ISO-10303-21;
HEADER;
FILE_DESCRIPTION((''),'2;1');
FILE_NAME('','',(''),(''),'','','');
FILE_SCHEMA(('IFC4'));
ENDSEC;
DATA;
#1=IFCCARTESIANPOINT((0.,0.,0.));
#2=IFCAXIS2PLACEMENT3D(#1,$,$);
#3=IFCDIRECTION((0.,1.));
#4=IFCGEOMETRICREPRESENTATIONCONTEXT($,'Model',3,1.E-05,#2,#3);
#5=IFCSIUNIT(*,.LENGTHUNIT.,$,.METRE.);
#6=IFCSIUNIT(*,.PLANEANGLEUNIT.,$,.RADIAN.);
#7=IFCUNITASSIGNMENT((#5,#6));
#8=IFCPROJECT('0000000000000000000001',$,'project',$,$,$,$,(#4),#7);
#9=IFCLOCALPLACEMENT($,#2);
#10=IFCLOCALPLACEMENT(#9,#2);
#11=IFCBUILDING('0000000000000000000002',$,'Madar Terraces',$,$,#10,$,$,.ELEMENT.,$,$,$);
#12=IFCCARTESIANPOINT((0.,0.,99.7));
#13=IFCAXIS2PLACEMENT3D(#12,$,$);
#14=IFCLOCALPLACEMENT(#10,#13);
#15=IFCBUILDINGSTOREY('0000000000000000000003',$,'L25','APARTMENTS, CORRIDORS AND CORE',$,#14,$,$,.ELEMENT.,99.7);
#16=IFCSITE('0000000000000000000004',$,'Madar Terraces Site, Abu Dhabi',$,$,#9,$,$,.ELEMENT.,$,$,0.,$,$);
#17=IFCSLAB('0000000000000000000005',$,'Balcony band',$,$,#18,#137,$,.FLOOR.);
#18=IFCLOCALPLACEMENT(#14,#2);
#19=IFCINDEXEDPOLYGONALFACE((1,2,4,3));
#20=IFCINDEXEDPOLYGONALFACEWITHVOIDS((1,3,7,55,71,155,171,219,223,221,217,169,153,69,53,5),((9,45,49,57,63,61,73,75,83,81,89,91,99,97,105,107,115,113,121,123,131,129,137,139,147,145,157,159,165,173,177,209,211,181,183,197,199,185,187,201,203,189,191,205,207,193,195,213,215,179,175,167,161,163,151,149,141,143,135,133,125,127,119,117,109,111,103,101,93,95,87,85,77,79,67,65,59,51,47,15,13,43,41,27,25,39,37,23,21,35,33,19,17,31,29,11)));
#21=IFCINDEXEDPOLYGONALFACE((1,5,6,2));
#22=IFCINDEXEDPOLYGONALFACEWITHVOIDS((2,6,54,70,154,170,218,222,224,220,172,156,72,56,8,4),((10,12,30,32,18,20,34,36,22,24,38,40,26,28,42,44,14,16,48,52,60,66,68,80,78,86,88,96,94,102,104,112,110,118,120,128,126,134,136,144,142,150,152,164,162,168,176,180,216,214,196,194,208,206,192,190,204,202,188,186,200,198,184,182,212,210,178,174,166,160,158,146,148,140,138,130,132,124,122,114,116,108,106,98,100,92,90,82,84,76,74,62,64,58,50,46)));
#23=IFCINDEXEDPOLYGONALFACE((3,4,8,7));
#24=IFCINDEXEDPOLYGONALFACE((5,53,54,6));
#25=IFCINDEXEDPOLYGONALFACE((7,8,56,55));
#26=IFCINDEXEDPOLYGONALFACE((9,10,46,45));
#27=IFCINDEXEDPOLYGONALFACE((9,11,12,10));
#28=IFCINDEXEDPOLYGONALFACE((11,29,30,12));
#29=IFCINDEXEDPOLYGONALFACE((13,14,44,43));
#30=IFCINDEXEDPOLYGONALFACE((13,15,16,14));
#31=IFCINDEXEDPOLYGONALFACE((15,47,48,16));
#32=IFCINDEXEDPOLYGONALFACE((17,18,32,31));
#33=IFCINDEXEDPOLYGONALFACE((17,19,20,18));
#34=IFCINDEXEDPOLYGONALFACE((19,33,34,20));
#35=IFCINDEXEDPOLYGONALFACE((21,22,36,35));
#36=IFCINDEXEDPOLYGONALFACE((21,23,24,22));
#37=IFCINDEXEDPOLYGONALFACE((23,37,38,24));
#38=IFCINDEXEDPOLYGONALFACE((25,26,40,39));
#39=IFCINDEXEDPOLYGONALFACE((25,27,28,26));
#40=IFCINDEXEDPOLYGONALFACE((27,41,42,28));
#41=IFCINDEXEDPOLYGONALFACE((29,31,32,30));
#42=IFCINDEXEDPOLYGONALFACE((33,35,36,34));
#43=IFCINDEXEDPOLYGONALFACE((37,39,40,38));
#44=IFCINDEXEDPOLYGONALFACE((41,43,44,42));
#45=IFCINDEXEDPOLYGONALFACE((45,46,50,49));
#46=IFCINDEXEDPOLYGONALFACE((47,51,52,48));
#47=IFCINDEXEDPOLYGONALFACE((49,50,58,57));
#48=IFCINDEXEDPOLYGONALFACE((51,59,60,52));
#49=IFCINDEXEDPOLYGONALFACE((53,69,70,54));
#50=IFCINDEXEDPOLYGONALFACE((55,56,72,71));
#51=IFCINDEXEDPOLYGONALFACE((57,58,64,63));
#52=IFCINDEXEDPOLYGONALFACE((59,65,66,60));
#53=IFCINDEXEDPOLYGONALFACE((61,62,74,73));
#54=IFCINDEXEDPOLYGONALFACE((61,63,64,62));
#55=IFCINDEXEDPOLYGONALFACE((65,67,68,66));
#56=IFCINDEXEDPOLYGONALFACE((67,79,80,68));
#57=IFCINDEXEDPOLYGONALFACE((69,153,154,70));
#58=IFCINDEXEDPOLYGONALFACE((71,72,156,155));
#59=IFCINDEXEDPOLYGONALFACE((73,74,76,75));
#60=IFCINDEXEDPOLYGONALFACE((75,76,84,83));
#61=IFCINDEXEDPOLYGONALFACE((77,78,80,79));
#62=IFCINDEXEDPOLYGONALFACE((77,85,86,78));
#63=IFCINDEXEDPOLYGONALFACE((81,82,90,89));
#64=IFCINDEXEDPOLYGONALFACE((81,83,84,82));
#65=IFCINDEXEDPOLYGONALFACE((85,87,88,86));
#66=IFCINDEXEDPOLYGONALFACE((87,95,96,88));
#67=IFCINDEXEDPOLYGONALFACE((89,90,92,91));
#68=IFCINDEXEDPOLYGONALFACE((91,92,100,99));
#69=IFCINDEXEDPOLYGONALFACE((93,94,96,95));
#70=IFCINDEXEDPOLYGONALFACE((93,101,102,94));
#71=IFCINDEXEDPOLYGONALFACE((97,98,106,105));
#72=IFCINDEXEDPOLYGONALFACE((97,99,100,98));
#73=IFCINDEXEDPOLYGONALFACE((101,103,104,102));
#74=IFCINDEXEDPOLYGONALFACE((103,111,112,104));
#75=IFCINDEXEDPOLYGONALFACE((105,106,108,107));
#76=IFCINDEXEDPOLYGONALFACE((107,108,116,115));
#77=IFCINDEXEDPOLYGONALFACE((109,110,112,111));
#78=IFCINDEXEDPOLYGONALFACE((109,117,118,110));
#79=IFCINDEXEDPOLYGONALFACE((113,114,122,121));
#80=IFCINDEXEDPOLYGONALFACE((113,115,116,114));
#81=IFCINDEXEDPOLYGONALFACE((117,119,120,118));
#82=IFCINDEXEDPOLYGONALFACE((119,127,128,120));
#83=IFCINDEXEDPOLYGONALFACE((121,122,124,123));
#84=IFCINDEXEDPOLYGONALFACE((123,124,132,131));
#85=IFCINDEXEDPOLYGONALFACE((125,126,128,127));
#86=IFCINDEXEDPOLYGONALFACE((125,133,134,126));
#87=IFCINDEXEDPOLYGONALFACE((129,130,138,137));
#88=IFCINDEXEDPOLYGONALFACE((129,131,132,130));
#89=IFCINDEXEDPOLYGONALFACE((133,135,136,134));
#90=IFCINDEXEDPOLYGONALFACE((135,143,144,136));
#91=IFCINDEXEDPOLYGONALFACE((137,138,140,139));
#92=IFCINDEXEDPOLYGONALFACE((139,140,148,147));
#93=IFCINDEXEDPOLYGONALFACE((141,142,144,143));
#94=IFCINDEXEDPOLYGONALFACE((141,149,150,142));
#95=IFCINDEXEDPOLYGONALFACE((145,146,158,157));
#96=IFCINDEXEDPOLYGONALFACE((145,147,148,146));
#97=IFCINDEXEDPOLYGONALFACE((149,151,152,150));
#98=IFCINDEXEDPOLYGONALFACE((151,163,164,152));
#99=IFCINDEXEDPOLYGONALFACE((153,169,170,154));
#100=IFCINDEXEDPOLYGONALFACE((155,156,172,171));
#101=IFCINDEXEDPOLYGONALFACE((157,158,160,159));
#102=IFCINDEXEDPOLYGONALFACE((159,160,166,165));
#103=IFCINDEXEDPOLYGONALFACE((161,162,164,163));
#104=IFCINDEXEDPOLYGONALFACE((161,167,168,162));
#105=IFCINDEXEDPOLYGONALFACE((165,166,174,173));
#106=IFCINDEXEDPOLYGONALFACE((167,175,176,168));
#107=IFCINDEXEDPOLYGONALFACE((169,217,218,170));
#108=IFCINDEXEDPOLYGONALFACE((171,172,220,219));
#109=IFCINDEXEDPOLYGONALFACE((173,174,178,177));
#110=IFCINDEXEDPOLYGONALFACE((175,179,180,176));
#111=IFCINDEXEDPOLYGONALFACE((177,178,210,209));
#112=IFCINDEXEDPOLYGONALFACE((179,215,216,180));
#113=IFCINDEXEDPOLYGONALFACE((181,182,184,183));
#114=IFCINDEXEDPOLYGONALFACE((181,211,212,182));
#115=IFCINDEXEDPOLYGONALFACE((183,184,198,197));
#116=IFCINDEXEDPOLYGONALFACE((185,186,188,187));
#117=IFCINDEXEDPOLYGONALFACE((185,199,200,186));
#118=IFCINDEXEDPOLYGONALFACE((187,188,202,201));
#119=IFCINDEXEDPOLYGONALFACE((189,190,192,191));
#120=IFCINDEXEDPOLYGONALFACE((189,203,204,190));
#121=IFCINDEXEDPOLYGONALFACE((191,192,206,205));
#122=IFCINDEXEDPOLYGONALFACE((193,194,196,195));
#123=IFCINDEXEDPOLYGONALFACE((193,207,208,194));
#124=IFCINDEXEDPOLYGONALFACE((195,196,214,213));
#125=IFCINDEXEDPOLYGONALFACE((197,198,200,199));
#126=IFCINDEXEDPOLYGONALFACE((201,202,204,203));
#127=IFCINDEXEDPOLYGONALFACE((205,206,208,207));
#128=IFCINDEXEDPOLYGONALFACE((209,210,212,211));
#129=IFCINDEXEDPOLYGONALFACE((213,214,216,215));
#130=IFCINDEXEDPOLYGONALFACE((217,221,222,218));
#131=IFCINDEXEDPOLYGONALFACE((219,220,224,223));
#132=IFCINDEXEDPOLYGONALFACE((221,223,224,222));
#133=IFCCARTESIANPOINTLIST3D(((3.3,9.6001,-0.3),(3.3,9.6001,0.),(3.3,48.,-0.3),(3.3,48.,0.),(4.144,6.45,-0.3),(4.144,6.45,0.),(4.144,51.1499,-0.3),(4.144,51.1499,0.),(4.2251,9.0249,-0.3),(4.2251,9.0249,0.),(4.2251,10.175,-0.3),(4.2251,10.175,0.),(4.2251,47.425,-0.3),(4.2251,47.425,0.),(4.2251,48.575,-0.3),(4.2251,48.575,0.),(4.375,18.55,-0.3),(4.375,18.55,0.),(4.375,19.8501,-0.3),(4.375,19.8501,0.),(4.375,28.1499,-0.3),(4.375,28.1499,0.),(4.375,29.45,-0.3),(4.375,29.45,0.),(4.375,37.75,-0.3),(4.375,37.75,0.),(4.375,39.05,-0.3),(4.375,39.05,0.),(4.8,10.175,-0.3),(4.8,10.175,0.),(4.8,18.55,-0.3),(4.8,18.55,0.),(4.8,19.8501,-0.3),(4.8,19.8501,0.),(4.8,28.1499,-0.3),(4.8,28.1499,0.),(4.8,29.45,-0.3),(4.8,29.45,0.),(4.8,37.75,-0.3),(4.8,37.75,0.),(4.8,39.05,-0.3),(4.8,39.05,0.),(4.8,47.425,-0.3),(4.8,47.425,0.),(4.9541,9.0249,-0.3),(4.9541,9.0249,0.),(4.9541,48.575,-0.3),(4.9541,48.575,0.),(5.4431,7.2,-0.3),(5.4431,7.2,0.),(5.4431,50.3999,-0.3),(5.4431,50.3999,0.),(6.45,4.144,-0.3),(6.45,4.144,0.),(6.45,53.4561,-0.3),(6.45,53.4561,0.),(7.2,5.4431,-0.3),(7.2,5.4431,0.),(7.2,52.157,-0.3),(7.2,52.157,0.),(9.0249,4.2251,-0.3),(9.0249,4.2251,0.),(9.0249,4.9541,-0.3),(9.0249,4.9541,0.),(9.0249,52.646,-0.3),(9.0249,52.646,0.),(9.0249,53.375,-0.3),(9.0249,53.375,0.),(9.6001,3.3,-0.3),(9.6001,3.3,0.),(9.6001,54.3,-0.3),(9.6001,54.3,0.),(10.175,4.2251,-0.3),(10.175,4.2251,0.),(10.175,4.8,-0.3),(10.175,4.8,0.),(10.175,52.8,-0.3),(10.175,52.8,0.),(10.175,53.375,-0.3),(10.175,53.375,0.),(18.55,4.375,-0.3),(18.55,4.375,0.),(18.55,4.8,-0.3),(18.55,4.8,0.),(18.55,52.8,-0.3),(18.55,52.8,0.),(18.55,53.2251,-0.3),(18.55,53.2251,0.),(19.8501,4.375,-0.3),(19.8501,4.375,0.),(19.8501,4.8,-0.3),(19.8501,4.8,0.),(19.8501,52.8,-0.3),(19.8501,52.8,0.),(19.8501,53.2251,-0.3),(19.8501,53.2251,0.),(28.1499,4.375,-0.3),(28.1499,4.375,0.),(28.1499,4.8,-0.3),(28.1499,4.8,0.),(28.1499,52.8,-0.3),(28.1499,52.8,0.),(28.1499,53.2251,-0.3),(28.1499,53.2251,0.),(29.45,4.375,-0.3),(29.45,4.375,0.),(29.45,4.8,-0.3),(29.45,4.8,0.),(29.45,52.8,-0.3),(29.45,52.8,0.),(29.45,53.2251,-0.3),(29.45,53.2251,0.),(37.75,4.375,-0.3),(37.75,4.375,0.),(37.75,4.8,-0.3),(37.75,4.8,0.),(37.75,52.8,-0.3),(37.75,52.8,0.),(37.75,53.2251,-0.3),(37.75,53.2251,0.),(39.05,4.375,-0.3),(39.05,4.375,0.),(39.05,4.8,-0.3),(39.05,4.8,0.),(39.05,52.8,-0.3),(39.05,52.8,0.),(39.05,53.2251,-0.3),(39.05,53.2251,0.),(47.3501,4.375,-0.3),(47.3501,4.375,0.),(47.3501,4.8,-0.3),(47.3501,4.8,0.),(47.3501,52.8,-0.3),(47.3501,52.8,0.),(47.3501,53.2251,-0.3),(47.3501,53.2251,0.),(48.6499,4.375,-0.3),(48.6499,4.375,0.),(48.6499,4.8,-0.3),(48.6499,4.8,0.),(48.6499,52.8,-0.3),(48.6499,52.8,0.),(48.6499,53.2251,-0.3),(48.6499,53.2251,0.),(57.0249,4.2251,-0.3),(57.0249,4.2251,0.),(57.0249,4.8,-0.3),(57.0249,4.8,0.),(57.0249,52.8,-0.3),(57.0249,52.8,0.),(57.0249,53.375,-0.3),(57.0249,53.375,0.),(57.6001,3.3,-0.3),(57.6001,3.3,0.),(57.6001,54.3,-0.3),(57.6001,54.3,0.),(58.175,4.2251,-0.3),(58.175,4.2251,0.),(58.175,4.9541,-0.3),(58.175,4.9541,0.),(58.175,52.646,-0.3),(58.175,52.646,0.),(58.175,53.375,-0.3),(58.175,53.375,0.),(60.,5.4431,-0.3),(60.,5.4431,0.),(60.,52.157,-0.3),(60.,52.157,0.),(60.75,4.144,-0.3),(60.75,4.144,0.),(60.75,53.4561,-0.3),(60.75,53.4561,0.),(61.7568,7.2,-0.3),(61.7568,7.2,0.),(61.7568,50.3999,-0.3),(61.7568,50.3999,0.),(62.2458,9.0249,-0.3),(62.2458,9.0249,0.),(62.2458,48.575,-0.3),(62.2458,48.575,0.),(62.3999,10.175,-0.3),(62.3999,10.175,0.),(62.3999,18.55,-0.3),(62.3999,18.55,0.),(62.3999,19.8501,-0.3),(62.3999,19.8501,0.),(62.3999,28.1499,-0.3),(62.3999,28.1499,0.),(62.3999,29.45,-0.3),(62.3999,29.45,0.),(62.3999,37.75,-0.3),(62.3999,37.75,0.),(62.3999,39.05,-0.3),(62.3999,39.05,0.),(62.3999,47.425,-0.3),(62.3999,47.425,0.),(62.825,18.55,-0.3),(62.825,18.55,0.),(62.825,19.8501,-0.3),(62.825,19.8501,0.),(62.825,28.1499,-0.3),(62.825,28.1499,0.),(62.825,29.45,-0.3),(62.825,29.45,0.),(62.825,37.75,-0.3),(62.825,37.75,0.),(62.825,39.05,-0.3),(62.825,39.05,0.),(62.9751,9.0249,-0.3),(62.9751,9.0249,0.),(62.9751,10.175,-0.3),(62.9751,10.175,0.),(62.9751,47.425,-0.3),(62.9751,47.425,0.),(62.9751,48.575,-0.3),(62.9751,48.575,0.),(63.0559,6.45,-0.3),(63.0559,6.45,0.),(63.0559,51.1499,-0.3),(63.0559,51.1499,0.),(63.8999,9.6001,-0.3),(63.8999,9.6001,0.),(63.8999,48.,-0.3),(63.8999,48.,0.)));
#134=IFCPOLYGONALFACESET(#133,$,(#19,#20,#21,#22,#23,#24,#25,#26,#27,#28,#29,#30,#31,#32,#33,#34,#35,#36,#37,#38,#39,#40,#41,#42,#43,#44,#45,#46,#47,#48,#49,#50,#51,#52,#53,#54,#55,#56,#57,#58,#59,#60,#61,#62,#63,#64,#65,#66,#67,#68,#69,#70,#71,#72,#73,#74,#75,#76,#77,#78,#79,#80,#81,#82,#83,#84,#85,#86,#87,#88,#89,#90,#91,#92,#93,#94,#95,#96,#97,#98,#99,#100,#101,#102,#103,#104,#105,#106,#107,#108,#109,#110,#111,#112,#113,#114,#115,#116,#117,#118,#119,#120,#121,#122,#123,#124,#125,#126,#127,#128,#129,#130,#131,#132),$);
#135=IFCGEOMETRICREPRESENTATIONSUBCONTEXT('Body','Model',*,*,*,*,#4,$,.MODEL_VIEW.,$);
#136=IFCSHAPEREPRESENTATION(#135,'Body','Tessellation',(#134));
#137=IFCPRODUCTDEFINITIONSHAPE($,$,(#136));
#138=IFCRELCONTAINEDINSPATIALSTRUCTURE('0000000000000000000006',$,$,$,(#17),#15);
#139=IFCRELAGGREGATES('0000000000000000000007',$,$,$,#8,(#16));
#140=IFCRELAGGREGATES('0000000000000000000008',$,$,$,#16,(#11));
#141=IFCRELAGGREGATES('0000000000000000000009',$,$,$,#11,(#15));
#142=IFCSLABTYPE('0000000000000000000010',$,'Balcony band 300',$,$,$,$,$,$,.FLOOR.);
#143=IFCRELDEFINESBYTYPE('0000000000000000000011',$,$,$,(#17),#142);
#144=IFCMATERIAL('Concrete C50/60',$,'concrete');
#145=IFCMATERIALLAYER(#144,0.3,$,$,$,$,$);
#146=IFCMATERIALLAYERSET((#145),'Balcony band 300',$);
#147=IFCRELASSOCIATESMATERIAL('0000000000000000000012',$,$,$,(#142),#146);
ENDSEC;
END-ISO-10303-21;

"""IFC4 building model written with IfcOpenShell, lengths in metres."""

from ifc_helpers import new_model, si_unit, direction, frame, origin, place, context, subcontext, project, spatial, polyline, outline, extrude, material, layer, layer_set, type_object, element, save


model = new_model("IFC4")

# Units and contexts
model_context = context("Model", 3, precision=1e-05, world=origin(), true_north=direction((0.0, 1.0)))
body_context = subcontext(model_context, "Body", "Model", "MODEL_VIEW")
ifc_project = project(units=[si_unit("LENGTHUNIT", "METRE"), si_unit("PLANEANGLEUNIT", "RADIAN")], contexts=[model_context])

# Site, building, storey
site_placement = place(None, origin())
site = spatial("IfcSite", under=ifc_project, at=site_placement, Name="Madar Terraces Site, Abu Dhabi", CompositionType="ELEMENT", RefElevation=0.0)
building_placement = place(site_placement, origin())
building = spatial("IfcBuilding", under=site, at=building_placement, Name="Madar Terraces", CompositionType="ELEMENT")
storey_placement = place(building_placement, frame((0.0, 0.0, 99.7)))
storey = spatial("IfcBuildingStorey", under=building, at=storey_placement, Name="L25", Description="APARTMENTS, CORRIDORS AND CORE", CompositionType="ELEMENT", Elevation=99.7)

# Slab
ifc_material_1 = material(Name="Concrete C50/60", Category="concrete")
ifc_layer_1 = layer(ifc_material_1, 0.3)
ifc_layer_set_1 = layer_set([ifc_layer_1], Name="Balcony band 300")
slab_type_1 = type_object("IfcSlabType", Name="Balcony band 300", PredefinedType="FLOOR", material=ifc_layer_set_1)
slab_1_placement = place(storey_placement, frame((0.0, 0.0, -0.3)))
element("IfcSlab", 1, at=slab_1_placement, inside=storey, type_object=slab_type_1, Name="Balcony band", PredefinedType="FLOOR", context=body_context, shape_type="SweptSolid", body=[
    extrude(outline(polyline([(9.6001, 3.3), (6.45, 4.144), (4.144, 6.45), (3.3, 9.6001), (3.3, 48.0), (4.144, 51.1499), (6.45, 53.4561), (9.6001, 54.3), (57.6001, 54.3), (60.75, 53.4561), (63.0559, 51.1499), (63.8999, 48.0), (63.8999, 9.6001), (63.0559, 6.45), (60.75, 4.144), (57.6001, 3.3), (9.6001, 3.3)]), holes=[polyline([(10.175, 4.2251), (10.175, 4.8), (18.55, 4.8), (18.55, 4.375), (19.8501, 4.375), (19.8501, 4.8), (28.1499, 4.8), (28.1499, 4.375), (29.45, 4.375), (29.45, 4.8), (37.75, 4.8), (37.75, 4.375), (39.05, 4.375), (39.05, 4.8), (47.3501, 4.8), (47.3501, 4.375), (48.6499, 4.375), (48.6499, 4.8), (57.0249, 4.8), (57.0249, 4.2251), (58.175, 4.2251), (58.175, 4.9541), (60.0, 5.4431), (61.7568, 7.2), (62.2458, 9.0249), (62.9751, 9.0249), (62.9751, 10.175), (62.3999, 10.175), (62.3999, 18.55), (62.825, 18.55), (62.825, 19.8501), (62.3999, 19.8501), (62.3999, 28.1499), (62.825, 28.1499), (62.825, 29.45), (62.3999, 29.45), (62.3999, 37.75), (62.825, 37.75), (62.825, 39.05), (62.3999, 39.05), (62.3999, 47.425), (62.9751, 47.425), (62.9751, 48.575), (62.2458, 48.575), (61.7568, 50.3999), (60.0, 52.157), (58.175, 52.646), (58.175, 53.375), (57.0249, 53.375), (57.0249, 52.8), (48.6499, 52.8), (48.6499, 53.2251), (47.3501, 53.2251), (47.3501, 52.8), (39.05, 52.8), (39.05, 53.2251), (37.75, 53.2251), (37.75, 52.8), (29.45, 52.8), (29.45, 53.2251), (28.1499, 53.2251), (28.1499, 52.8), (19.8501, 52.8), (19.8501, 53.2251), (18.55, 53.2251), (18.55, 52.8), (10.175, 52.8), (10.175, 53.375), (9.0249, 53.375), (9.0249, 52.646), (7.2, 52.157), (5.4431, 50.3999), (4.9541, 48.575), (4.2251, 48.575), (4.2251, 47.425), (4.8, 47.425), (4.8, 39.05), (4.375, 39.05), (4.375, 37.75), (4.8, 37.75), (4.8, 29.45), (4.375, 29.45), (4.375, 28.1499), (4.8, 28.1499), (4.8, 19.8501), (4.375, 19.8501), (4.375, 18.55), (4.8, 18.55), (4.8, 10.175), (4.2251, 10.175), (4.2251, 9.0249), (4.9541, 9.0249), (5.4431, 7.2), (7.2, 5.4431), (9.0249, 4.9541), (9.0249, 4.2251), (10.175, 4.2251)])]), origin(), (0.0, 0.0, 1.0), 0.3),
])

save(model, "model.ifc")
